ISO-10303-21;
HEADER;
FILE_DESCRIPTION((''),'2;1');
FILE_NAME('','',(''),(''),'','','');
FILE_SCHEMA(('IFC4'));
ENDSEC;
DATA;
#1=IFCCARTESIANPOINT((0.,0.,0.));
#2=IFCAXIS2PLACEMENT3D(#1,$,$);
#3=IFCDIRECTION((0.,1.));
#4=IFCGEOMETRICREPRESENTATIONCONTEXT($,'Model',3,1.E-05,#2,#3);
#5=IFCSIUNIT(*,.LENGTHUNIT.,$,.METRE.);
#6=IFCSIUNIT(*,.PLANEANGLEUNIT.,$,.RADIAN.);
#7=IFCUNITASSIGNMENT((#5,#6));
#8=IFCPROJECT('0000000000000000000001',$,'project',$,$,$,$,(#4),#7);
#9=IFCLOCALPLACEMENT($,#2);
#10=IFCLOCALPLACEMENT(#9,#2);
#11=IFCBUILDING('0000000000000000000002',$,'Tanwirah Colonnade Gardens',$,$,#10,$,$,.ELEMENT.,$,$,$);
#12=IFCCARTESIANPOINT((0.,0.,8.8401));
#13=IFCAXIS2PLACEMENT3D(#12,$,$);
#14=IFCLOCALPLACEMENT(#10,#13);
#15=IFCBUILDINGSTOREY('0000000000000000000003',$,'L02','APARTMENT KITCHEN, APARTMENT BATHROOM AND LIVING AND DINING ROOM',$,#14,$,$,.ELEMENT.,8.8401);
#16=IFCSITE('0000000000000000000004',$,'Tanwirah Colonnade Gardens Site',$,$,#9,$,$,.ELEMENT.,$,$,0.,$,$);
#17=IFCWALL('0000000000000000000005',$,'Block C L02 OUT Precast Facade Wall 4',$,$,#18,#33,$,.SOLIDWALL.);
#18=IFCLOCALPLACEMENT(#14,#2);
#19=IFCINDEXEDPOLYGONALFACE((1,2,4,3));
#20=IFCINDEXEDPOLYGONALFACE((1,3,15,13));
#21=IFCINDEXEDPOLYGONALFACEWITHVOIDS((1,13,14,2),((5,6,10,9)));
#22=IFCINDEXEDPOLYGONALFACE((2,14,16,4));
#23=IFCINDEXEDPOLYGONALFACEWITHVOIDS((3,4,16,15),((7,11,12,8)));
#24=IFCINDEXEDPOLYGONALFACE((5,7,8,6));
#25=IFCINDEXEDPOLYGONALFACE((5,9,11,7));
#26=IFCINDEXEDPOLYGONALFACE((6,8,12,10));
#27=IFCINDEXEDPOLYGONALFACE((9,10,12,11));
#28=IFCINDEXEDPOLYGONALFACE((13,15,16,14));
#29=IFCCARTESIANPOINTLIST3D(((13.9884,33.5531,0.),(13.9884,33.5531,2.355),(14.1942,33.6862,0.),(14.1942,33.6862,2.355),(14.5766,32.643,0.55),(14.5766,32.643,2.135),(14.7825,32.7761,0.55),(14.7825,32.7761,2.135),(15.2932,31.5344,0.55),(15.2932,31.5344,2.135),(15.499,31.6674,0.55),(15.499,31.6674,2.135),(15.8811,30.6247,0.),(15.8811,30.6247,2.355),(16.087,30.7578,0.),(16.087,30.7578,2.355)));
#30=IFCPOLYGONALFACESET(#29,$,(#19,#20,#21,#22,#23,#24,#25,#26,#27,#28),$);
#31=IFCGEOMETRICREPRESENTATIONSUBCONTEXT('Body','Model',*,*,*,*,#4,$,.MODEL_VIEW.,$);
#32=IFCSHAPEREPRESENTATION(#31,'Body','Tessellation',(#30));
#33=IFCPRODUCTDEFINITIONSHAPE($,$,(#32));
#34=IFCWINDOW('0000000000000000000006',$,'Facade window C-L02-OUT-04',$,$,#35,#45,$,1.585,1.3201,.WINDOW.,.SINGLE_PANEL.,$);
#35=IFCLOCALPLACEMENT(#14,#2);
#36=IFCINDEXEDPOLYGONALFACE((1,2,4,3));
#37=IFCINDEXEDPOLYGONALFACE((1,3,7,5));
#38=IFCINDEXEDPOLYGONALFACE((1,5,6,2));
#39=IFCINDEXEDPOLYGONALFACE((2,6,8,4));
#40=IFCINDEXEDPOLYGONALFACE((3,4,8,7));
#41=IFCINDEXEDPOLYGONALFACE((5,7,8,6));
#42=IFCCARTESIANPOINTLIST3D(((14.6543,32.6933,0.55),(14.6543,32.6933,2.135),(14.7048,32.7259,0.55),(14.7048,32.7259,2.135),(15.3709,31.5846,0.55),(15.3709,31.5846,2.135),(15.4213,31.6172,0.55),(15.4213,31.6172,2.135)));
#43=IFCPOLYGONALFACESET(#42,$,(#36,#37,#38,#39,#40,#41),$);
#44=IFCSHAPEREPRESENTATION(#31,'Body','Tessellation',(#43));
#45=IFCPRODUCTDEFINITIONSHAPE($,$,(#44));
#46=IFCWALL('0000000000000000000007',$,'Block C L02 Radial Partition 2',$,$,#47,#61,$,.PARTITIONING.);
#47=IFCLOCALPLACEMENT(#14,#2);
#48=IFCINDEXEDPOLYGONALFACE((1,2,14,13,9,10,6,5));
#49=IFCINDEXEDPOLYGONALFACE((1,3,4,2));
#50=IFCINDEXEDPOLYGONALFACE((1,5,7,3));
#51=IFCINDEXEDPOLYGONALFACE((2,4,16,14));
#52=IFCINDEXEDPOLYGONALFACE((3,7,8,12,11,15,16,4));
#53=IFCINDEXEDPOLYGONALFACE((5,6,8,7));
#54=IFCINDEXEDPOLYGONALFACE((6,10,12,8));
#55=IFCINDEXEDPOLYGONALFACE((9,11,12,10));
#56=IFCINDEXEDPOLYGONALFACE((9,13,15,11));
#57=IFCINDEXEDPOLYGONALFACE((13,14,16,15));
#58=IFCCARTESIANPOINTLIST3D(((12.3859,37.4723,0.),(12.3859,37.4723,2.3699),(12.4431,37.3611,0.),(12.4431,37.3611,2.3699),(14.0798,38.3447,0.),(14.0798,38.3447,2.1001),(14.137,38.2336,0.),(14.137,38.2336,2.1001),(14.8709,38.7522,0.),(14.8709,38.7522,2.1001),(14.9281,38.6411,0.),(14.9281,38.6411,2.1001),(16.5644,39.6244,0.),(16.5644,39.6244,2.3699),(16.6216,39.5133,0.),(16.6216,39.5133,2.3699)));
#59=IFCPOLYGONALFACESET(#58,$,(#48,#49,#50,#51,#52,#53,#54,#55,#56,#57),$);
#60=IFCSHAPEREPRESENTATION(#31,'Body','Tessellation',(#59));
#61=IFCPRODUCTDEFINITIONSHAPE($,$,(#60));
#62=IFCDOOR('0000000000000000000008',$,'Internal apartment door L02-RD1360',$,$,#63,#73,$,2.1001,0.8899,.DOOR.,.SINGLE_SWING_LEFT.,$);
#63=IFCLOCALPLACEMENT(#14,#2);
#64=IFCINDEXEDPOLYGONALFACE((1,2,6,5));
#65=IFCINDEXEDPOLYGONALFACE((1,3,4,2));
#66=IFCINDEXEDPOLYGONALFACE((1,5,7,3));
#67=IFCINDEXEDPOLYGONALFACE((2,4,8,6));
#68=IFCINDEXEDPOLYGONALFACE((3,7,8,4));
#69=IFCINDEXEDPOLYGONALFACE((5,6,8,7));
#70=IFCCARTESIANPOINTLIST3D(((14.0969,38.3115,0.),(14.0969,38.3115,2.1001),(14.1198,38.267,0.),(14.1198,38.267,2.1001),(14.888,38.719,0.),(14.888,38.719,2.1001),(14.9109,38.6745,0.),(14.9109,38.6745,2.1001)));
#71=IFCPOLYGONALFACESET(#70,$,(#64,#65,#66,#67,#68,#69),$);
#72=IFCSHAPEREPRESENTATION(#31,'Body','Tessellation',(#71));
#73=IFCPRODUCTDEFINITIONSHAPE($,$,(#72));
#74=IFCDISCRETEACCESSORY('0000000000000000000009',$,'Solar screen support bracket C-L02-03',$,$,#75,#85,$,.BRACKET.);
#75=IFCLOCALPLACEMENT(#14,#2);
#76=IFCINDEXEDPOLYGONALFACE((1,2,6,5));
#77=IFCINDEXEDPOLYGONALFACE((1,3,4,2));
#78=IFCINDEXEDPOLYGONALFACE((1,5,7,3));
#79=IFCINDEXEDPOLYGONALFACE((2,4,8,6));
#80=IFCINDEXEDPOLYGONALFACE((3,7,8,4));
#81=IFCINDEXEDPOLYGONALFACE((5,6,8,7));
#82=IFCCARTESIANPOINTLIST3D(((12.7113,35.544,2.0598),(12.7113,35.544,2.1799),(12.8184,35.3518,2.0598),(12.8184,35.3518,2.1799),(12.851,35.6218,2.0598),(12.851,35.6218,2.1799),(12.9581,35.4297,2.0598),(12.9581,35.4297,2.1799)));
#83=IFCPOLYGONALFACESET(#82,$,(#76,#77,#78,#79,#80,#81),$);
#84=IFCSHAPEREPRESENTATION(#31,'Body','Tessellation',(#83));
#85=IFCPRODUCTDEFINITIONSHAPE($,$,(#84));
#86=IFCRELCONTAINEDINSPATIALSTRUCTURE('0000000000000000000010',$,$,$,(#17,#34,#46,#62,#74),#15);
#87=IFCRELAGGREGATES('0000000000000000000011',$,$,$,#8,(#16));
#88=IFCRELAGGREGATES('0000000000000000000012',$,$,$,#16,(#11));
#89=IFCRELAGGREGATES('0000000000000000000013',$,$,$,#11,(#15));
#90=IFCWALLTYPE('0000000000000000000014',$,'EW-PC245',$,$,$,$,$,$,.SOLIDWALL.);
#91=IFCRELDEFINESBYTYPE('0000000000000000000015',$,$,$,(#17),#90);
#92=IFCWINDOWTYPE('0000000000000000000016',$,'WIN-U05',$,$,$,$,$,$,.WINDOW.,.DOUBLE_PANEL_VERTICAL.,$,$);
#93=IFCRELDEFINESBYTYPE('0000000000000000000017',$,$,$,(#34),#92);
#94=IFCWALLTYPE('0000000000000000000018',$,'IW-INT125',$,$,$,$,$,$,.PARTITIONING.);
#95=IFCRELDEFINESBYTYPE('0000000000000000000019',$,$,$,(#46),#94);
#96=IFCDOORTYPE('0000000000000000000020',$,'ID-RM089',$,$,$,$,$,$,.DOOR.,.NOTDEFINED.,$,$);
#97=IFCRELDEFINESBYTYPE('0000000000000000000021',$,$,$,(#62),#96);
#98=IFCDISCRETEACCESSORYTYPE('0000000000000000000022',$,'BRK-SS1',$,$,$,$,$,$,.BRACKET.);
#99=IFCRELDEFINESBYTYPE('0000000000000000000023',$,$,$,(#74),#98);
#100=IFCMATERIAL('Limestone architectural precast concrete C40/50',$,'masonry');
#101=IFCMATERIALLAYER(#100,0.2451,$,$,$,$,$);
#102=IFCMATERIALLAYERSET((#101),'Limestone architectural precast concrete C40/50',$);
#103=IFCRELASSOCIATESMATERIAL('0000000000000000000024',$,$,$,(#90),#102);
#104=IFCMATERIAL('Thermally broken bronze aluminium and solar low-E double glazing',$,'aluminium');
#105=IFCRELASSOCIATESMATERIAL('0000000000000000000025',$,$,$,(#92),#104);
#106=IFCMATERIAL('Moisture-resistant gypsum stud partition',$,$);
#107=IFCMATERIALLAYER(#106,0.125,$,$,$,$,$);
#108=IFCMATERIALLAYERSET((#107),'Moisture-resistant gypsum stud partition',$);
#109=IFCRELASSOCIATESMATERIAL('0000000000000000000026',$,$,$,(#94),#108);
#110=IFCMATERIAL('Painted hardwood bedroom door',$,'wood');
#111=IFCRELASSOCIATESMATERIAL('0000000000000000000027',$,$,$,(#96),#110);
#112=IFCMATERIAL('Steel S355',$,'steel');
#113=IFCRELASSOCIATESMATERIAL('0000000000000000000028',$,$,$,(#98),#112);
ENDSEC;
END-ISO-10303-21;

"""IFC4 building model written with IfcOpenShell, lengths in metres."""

from ifc_helpers import new_model, si_unit, direction, frame, frame_2d, origin, origin_2d, place, context, subcontext, project, spatial, rectangle, extrude, material, layer, layer_set, type_object, element, fill, save


model = new_model("IFC4")

# Units and contexts
model_context = context("Model", 3, precision=1e-05, world=origin(), true_north=direction((0.0, 1.0)))
body_context = subcontext(model_context, "Body", "Model", "MODEL_VIEW")
ifc_project = project(units=[si_unit("LENGTHUNIT", "METRE"), si_unit("PLANEANGLEUNIT", "RADIAN")], contexts=[model_context])

# Site, building, storey
site_placement = place(None, origin())
site = spatial("IfcSite", under=ifc_project, at=site_placement, Name="Tanwirah Colonnade Gardens Site", CompositionType="ELEMENT", RefElevation=0.0)
building_placement = place(site_placement, origin())
building = spatial("IfcBuilding", under=site, at=building_placement, Name="Tanwirah Colonnade Gardens", CompositionType="ELEMENT")
storey_placement = place(building_placement, frame((0.0, 0.0, 8.8401)))
storey = spatial("IfcBuildingStorey", under=building, at=storey_placement, Name="L02", Description="APARTMENT KITCHEN, APARTMENT BATHROOM AND LIVING AND DINING ROOM", CompositionType="ELEMENT", Elevation=8.8401)

# Shared definitions
ifc_material_1 = material(Name="Limestone architectural precast concrete C40/50", Category="masonry")
ifc_layer_1 = layer(ifc_material_1, 0.2451)
ifc_layer_set_1 = layer_set([ifc_layer_1], Name="Limestone architectural precast concrete C40/50")
wall_type_1 = type_object("IfcWallType", Name="EW-PC245", PredefinedType="SOLIDWALL", material=ifc_layer_set_1)

# Wall, opening, window
ifc_material_2 = material(Name="Thermally broken bronze aluminium and solar low-E double glazing", Category="aluminium")
wall_1_placement = place(storey_placement, frame((14.0913, 33.6196, 0.0), z_axis=(0.0, 0.0, 1.0), x_axis=(0.542833, -0.839841, 0.0)))
wall_1 = element("IfcWall", 1, at=wall_1_placement, inside=storey, type_object=wall_type_1, Name="Block C L02 OUT Precast Facade Wall 4", PredefinedType="SOLIDWALL", context=body_context, shape_type="SweptSolid", body=[
    extrude(rectangle(XDim=3.4868, YDim=0.2451, at=frame_2d((1.7434, 0.0))), origin(), (0.0, 0.0, 1.0), 2.355),
])
opening_1_placement = place(wall_1_placement, frame((1.0835, 0.0, 0.55)))
opening_1 = element("IfcOpeningElement", 2, at=opening_1_placement, cuts=wall_1, PredefinedType="OPENING", context=body_context, shape_type="SweptSolid", body=[
    extrude(rectangle(XDim=1.3201, YDim=1.585, at=frame_2d((0.6602, 0.7925))), frame((0.0, 0.1326, 0.0), z_axis=(0.0, -1.0, 0.0), x_axis=(1.0, 0.0, 0.0)), (0.0, 0.0, 1.0), 0.2651),
])
window_type_1 = type_object("IfcWindowType", Name="WIN-U05", PartitioningType="DOUBLE_PANEL_VERTICAL", PredefinedType="WINDOW", material=ifc_material_2)
window_1_placement = place(opening_1_placement, origin())
window_1 = element("IfcWindow", 3, at=window_1_placement, inside=storey, type_object=window_type_1, Name="Facade window C-L02-OUT-04", OverallHeight=1.585, OverallWidth=1.3201, PartitioningType="SINGLE_PANEL", PredefinedType="WINDOW", context=body_context, shape_type="SweptSolid", body=[
    extrude(rectangle(XDim=1.3201, YDim=1.585, at=frame_2d((0.6602, 0.7925))), frame((0.0, 0.03, 0.0), z_axis=(0.0, -1.0, 0.0), x_axis=(1.0, 0.0, 0.0)), (0.0, 0.0, 1.0), 0.0601),
])
fill(opening_1, window_1)

# Wall, opening, door
ifc_material_3 = material(Name="Moisture-resistant gypsum stud partition")
ifc_layer_2 = layer(ifc_material_3, 0.125)
ifc_layer_set_2 = layer_set([ifc_layer_2], Name="Moisture-resistant gypsum stud partition")
wall_type_2 = type_object("IfcWallType", Name="IW-INT125", PredefinedType="PARTITIONING", material=ifc_layer_set_2)
wall_2_placement = place(storey_placement, frame((16.593, 39.5688, 0.0), z_axis=(0.0, 0.0, 1.0), x_axis=(-0.889013, -0.457882, 0.0)))
wall_2 = element("IfcWall", 4, at=wall_2_placement, inside=storey, type_object=wall_type_2, Name="Block C L02 Radial Partition 2", PredefinedType="PARTITIONING", context=body_context, shape_type="SweptSolid", body=[
    extrude(rectangle(XDim=4.7002, YDim=0.125, at=frame_2d((2.3501, 0.0))), origin(), (0.0, 0.0, 1.0), 2.3699),
])
opening_2_placement = place(wall_2_placement, frame((1.905, 0.0, 0.0)))
opening_2 = element("IfcOpeningElement", 5, at=opening_2_placement, cuts=wall_2, PredefinedType="OPENING", context=body_context, shape_type="SweptSolid", body=[
    extrude(rectangle(XDim=0.8899, YDim=2.1001, at=frame_2d((0.4448, 1.05))), frame((0.0, 0.0725, 0.0), z_axis=(0.0, -1.0, 0.0), x_axis=(1.0, 0.0, 0.0)), (0.0, 0.0, 1.0), 0.145),
])
ifc_material_4 = material(Name="Painted hardwood bedroom door", Category="wood")
door_type_1 = type_object("IfcDoorType", Name="ID-RM089", OperationType="NOTDEFINED", PredefinedType="DOOR", material=ifc_material_4)
door_1_placement = place(opening_2_placement, origin())
door_1 = element("IfcDoor", 6, at=door_1_placement, inside=storey, type_object=door_type_1, Name="Internal apartment door L02-RD1360", OperationType="SINGLE_SWING_LEFT", OverallHeight=2.1001, OverallWidth=0.8899, PredefinedType="DOOR", context=body_context, shape_type="SweptSolid", body=[
    extrude(rectangle(XDim=0.8899, YDim=2.1001, at=frame_2d((0.4448, 1.05))), frame((0.0, 0.0249, 0.0), z_axis=(0.0, -1.0, 0.0), x_axis=(1.0, 0.0, 0.0)), (0.0, 0.0, 1.0), 0.05),
])
fill(opening_2, door_1)

# Discrete accessory
ifc_material_5 = material(Name="Steel S355", Category="steel")
discrete_accessory_type = type_object("IfcDiscreteAccessoryType", Name="BRK-SS1", PredefinedType="BRACKET", material=ifc_material_5)
discrete_accessory_placement = place(storey_placement, frame((12.8347, 35.4868, 2.0598), z_axis=(0.0, 0.0, 1.0), x_axis=(0.486717, -0.873559, 0.0)))
element("IfcDiscreteAccessory", 7, at=discrete_accessory_placement, inside=storey, type_object=discrete_accessory_type, Name="Solar screen support bracket C-L02-03", PredefinedType="BRACKET", context=body_context, shape_type="SweptSolid", body=[
    extrude(rectangle(XDim=0.22, YDim=0.1599, at=origin_2d()), origin(), (0.0, 0.0, 1.0), 0.1201),
])

save(model, "model.ifc")
